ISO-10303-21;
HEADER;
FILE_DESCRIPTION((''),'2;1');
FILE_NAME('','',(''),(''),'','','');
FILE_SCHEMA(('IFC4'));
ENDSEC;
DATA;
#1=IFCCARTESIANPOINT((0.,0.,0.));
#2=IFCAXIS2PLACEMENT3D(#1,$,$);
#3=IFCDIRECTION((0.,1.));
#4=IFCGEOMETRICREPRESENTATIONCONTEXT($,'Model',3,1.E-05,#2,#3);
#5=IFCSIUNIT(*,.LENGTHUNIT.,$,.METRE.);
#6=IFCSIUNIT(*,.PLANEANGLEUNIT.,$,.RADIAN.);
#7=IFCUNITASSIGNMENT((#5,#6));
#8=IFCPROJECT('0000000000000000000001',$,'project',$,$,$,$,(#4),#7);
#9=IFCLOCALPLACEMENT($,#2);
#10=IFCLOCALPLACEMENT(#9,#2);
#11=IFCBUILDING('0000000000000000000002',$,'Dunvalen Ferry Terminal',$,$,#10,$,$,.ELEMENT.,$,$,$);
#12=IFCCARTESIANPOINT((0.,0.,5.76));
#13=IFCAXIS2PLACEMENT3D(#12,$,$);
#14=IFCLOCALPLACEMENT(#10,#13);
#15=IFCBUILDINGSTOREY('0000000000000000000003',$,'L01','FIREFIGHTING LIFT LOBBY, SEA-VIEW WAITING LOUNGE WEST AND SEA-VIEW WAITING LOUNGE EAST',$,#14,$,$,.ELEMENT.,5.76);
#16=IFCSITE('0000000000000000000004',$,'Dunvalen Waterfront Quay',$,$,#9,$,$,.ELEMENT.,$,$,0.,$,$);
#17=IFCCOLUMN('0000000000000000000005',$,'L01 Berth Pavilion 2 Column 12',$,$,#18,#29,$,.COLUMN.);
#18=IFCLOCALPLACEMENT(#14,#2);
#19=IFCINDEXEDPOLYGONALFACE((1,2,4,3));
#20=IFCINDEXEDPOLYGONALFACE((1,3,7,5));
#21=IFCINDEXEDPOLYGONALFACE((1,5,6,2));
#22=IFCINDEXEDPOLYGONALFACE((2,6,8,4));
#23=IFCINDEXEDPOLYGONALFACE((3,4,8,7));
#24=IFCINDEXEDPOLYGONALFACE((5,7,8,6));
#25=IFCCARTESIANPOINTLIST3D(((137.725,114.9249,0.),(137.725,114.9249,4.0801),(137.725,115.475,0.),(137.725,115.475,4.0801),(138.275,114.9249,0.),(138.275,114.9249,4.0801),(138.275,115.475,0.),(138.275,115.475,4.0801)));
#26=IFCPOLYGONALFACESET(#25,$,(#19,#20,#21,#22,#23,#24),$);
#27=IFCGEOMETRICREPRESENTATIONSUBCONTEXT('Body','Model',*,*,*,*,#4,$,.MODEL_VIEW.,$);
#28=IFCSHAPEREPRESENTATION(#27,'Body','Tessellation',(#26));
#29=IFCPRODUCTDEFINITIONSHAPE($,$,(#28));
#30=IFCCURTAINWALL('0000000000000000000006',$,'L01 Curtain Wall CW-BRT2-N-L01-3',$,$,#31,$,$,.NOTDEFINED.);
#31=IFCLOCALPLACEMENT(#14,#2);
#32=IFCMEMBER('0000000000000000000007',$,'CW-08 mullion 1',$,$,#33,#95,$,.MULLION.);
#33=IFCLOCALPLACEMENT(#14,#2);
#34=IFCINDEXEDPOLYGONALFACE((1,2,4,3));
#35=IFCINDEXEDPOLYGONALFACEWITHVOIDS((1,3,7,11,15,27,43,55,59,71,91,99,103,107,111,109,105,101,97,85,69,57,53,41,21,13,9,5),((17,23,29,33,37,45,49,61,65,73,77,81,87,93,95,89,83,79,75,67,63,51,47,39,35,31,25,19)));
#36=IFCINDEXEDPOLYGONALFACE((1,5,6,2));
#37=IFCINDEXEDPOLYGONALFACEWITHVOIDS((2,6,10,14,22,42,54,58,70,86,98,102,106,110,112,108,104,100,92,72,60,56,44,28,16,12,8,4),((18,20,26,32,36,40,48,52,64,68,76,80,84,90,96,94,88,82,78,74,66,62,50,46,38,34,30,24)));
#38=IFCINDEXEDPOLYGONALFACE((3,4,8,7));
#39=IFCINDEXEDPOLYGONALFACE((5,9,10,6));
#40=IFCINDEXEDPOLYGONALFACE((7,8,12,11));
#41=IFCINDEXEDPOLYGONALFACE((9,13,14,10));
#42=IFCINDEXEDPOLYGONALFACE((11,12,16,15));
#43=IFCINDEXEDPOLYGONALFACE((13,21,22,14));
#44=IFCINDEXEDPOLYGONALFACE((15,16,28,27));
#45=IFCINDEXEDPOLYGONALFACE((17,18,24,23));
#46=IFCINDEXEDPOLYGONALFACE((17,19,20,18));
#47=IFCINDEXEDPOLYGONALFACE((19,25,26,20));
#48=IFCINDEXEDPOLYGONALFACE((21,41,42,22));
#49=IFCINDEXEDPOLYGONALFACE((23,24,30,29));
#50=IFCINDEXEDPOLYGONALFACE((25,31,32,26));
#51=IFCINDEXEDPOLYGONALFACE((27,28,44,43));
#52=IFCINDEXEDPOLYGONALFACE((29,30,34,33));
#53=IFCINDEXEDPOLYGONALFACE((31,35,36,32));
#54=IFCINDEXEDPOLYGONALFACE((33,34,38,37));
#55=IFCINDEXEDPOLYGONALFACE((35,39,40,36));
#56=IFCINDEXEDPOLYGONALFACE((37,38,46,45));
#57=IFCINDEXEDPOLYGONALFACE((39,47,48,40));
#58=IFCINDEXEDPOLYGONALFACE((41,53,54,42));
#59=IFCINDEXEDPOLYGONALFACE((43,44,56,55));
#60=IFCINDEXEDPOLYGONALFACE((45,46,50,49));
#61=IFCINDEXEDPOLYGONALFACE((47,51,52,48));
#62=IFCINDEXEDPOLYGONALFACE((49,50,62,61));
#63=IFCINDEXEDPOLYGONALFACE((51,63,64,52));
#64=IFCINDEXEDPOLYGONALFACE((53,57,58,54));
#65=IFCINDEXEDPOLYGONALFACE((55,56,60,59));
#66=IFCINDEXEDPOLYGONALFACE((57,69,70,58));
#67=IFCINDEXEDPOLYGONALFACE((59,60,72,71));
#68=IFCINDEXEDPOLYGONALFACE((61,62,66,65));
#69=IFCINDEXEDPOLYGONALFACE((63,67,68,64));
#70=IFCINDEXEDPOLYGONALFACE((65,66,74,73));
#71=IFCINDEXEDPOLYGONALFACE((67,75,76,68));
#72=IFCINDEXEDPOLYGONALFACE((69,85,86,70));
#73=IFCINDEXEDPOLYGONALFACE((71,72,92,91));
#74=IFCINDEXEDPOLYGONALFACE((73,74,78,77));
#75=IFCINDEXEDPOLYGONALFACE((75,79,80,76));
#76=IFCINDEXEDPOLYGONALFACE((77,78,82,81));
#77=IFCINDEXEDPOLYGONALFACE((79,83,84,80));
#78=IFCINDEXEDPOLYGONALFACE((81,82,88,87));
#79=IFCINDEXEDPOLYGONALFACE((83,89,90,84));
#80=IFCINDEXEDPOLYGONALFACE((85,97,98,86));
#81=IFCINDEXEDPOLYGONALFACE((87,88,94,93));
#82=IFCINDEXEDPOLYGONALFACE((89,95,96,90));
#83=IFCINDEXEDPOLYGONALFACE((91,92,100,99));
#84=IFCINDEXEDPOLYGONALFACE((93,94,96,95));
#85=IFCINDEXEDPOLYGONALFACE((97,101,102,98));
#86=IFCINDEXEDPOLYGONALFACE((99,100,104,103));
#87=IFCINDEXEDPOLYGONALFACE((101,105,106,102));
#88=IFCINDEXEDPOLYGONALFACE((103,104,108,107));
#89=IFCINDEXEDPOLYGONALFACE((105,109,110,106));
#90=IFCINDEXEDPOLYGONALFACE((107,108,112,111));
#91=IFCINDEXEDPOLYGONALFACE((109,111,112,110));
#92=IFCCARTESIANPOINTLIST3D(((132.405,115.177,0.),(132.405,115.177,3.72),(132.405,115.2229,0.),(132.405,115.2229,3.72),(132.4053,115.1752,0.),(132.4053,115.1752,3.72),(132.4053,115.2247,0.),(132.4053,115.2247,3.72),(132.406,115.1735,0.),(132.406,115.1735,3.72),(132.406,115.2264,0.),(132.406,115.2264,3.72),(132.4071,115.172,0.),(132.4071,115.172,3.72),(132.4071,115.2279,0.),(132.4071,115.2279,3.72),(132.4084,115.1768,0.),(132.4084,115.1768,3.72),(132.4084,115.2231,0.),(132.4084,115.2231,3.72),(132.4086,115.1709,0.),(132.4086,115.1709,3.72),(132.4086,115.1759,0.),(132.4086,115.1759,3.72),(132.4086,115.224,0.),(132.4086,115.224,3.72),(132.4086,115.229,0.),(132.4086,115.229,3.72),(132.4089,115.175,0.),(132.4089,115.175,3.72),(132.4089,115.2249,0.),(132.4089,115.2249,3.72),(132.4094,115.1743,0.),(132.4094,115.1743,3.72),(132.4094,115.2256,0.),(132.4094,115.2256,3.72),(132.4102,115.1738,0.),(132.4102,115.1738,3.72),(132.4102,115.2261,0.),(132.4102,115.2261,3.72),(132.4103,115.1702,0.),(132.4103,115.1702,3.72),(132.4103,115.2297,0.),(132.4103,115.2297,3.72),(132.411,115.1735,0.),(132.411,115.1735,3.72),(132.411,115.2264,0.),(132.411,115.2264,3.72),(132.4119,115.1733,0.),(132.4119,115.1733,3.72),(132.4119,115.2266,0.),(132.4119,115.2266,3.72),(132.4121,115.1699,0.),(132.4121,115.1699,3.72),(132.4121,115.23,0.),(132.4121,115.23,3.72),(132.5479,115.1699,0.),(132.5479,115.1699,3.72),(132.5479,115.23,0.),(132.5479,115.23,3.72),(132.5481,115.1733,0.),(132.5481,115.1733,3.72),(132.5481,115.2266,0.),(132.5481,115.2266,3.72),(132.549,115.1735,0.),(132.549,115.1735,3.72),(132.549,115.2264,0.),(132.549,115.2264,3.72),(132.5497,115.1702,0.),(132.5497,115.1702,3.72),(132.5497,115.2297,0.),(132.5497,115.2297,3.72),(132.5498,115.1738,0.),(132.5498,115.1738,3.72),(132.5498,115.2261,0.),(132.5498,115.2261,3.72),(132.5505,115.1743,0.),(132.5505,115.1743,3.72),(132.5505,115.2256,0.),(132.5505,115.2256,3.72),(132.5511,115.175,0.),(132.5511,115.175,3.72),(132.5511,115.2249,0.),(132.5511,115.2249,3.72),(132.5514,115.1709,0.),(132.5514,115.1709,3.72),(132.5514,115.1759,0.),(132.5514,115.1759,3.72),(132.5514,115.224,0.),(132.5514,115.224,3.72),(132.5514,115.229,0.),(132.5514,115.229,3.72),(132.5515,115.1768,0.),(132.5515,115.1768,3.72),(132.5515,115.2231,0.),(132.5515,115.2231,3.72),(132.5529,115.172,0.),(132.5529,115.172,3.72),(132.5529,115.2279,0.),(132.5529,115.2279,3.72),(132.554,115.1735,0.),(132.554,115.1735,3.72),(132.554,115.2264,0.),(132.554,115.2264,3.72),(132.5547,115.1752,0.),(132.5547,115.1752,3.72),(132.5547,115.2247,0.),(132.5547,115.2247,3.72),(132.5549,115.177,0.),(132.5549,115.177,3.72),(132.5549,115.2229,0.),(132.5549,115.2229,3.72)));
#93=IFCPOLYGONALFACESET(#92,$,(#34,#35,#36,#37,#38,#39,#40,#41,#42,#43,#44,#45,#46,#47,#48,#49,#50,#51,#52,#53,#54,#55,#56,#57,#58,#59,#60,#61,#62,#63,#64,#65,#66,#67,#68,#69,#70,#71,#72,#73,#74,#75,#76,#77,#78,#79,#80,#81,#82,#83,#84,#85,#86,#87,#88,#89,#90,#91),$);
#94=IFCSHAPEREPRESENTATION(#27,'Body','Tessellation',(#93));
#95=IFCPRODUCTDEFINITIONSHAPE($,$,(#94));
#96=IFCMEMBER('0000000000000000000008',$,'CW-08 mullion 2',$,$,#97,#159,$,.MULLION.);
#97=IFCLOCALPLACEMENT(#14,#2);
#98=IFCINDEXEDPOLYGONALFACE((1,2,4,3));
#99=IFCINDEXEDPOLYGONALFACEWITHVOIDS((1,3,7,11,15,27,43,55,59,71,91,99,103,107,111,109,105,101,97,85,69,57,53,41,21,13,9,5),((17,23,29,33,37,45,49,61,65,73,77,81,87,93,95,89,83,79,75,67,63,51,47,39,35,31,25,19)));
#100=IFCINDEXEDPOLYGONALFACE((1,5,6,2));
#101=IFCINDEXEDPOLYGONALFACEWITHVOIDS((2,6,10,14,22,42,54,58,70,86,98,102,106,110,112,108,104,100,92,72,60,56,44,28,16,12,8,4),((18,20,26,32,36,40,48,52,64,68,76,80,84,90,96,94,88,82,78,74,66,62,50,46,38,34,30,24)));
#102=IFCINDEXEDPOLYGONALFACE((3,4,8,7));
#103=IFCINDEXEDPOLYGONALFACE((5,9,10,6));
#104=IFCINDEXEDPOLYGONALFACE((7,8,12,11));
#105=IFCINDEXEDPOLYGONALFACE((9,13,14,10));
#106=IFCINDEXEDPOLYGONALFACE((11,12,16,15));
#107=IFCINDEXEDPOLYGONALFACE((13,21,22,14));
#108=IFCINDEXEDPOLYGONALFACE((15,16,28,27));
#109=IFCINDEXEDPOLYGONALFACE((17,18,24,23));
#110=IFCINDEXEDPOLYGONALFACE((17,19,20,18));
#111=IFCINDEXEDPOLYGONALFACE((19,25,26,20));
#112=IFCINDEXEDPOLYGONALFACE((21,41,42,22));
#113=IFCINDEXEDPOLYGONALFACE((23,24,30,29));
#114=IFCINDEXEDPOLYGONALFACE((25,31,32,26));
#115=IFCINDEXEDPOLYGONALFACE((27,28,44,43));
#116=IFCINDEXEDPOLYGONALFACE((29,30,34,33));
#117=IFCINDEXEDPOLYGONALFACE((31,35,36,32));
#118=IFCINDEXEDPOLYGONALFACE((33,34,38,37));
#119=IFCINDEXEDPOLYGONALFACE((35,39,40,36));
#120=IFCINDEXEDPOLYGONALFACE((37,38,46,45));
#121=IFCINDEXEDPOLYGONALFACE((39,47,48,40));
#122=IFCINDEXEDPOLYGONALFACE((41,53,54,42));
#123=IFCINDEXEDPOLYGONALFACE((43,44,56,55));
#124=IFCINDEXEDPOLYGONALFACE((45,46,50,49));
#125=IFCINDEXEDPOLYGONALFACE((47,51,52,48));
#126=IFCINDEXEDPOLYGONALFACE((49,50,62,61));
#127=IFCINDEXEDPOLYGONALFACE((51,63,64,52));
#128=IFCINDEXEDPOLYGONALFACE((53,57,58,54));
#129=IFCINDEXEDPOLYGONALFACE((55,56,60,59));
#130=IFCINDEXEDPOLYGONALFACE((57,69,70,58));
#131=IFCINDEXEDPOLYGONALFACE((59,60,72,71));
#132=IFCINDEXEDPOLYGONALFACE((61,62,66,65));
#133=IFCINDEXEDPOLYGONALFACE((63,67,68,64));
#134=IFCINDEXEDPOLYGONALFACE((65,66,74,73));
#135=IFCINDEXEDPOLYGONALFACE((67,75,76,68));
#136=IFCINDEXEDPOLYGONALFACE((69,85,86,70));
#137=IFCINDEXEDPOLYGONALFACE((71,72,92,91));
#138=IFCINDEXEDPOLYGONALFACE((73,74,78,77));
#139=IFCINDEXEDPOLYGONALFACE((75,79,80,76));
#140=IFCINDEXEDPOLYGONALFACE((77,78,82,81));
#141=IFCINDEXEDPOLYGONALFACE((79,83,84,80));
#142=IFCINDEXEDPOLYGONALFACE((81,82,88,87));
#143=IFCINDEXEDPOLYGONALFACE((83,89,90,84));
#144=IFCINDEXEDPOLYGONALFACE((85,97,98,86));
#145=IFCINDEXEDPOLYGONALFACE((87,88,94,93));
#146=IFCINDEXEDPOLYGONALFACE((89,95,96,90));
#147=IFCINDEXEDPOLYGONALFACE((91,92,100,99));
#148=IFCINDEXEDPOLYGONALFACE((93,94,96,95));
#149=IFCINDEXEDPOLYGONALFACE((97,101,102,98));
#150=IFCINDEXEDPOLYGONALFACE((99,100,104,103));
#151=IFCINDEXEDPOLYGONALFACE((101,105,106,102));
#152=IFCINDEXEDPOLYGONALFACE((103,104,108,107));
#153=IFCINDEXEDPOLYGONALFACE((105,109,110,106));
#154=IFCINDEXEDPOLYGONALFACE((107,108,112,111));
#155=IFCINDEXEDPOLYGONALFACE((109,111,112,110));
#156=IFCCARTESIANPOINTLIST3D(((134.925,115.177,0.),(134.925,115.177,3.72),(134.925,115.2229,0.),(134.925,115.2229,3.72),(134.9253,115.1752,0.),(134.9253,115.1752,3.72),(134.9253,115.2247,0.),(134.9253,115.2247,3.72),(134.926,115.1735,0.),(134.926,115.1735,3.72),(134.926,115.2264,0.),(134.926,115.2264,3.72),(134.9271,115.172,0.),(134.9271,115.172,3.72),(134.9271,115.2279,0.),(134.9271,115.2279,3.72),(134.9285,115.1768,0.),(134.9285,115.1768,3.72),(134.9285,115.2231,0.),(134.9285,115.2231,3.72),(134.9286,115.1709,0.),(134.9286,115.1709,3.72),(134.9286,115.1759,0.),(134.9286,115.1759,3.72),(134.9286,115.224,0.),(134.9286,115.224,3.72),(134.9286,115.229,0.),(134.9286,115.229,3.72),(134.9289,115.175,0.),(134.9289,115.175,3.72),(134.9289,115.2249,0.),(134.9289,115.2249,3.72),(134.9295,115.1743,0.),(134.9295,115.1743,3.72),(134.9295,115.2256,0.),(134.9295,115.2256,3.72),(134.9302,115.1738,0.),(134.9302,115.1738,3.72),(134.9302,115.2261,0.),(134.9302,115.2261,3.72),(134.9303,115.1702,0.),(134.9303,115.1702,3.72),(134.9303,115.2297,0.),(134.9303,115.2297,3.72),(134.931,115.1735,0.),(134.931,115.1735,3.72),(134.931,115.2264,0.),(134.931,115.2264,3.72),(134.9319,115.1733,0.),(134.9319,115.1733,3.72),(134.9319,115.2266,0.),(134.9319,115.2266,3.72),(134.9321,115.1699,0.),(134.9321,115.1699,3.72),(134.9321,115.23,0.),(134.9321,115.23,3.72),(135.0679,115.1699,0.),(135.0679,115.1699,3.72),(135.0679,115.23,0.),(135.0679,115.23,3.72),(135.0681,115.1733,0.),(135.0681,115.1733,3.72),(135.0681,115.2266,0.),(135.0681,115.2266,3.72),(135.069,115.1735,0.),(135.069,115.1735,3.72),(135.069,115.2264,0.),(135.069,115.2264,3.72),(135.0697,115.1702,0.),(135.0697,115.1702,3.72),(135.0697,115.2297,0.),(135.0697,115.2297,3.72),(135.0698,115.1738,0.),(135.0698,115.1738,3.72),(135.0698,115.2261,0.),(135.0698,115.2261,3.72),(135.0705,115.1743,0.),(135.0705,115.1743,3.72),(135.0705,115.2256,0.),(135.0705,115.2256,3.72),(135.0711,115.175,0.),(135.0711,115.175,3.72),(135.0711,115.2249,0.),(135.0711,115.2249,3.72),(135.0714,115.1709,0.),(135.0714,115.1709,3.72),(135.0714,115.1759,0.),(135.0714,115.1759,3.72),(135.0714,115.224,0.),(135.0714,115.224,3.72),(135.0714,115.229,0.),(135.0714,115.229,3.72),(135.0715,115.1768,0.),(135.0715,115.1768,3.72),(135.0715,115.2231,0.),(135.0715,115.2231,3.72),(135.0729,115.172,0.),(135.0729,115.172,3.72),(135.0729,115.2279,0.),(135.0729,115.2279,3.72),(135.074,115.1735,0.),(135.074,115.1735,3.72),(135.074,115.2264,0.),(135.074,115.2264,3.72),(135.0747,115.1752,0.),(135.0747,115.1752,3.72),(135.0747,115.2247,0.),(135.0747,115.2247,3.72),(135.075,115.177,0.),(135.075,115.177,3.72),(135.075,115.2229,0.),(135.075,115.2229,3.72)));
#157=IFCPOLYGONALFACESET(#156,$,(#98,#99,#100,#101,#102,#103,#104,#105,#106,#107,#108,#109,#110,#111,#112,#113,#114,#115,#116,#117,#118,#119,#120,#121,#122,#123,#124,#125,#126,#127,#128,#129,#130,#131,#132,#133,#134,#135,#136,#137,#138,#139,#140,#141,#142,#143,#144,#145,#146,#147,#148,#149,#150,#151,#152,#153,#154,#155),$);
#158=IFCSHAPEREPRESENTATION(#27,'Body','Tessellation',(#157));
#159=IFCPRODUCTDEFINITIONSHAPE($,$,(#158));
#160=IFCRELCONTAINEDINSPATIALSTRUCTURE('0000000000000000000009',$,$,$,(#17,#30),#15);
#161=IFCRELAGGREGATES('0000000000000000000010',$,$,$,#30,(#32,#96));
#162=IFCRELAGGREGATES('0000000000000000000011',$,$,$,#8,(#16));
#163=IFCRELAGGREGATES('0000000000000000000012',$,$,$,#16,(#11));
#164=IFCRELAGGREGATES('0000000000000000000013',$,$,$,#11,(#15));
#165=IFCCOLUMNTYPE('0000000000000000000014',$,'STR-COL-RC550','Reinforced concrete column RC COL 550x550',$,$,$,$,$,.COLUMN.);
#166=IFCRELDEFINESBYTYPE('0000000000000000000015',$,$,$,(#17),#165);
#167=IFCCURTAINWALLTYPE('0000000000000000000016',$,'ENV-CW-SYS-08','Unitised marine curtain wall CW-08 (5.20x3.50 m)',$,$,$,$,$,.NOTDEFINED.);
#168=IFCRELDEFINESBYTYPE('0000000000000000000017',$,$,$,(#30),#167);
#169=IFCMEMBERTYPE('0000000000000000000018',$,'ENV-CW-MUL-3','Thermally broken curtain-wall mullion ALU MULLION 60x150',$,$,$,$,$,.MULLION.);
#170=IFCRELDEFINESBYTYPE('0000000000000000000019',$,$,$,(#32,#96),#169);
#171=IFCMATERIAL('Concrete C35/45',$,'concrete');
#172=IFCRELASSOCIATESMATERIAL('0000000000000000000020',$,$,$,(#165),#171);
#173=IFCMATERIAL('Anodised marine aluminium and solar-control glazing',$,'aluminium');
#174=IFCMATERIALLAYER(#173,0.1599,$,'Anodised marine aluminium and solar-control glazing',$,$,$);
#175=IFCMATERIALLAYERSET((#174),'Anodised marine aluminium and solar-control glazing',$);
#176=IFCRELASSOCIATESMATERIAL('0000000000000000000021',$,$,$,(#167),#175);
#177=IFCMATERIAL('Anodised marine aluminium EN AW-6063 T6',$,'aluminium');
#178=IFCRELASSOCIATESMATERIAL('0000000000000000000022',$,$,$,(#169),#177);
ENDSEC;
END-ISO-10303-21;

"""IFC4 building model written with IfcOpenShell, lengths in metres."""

from ifc_helpers import new_model, si_unit, direction, frame, origin, origin_2d, place, context, subcontext, project, spatial, rectangle, hollow_rectangle, extrude, material, layer, layer_set, material_profile, profile_set, type_object, element, aggregate, save


model = new_model("IFC4")

# Units and contexts
model_context = context("Model", 3, precision=1e-05, world=origin(), true_north=direction((0.0, 1.0)))
body_context = subcontext(model_context, "Body", "Model", "MODEL_VIEW")
ifc_project = project(units=[si_unit("LENGTHUNIT", "METRE"), si_unit("PLANEANGLEUNIT", "RADIAN")], contexts=[model_context])

# Site, building, storey
site_placement = place(None, origin())
site = spatial("IfcSite", under=ifc_project, at=site_placement, Name="Dunvalen Waterfront Quay", CompositionType="ELEMENT", RefElevation=0.0)
building_placement = place(site_placement, origin())
building = spatial("IfcBuilding", under=site, at=building_placement, Name="Dunvalen Ferry Terminal", CompositionType="ELEMENT")
storey_placement = place(building_placement, frame((0.0, 0.0, 5.76)))
storey = spatial("IfcBuildingStorey", under=building, at=storey_placement, Name="L01", Description="FIREFIGHTING LIFT LOBBY, SEA-VIEW WAITING LOUNGE WEST AND SEA-VIEW WAITING LOUNGE EAST", CompositionType="ELEMENT", Elevation=5.76)

# Column
ifc_material_1 = material(Name="Concrete C35/45", Category="concrete")
ifc_material_profile_1 = material_profile(ifc_material_1, rectangle(XDim=0.55, YDim=0.55, at=origin_2d()), Name="Concrete C35/45")
ifc_profile_set_1 = profile_set([ifc_material_profile_1], Name="Concrete C35/45")
column_type = type_object("IfcColumnType", Name="STR-COL-RC550", Description="Reinforced concrete column RC COL 550x550", PredefinedType="COLUMN", material=ifc_profile_set_1)
column_placement = place(storey_placement, frame((138.0, 115.2, 0.0), z_axis=(0.0, 0.0, 1.0), x_axis=(1.0, 0.0, 0.0)))
element("IfcColumn", 1, at=column_placement, inside=storey, type_object=column_type, Name="L01 Berth Pavilion 2 Column 12", PredefinedType="COLUMN", context=body_context, shape_type="SweptSolid", body=[
    extrude(rectangle(XDim=0.55, YDim=0.55, at=origin_2d()), origin(), (0.0, 0.0, 1.0), 4.0801),
])

# Curtain wall, members
ifc_material_2 = material(Name="Anodised marine aluminium and solar-control glazing", Category="aluminium")
ifc_layer_1 = layer(ifc_material_2, 0.1599, Name="Anodised marine aluminium and solar-control glazing")
ifc_layer_set_1 = layer_set([ifc_layer_1], Name="Anodised marine aluminium and solar-control glazing")
curtain_wall_type = type_object("IfcCurtainWallType", Name="ENV-CW-SYS-08", Description="Unitised marine curtain wall CW-08 (5.20x3.50 m)", PredefinedType="NOTDEFINED", material=ifc_layer_set_1)
curtain_wall_1_placement = place(storey_placement, origin())
curtain_wall_1 = element("IfcCurtainWall", 2, at=curtain_wall_1_placement, inside=storey, type_object=curtain_wall_type, Name="L01 Curtain Wall CW-BRT2-N-L01-3", PredefinedType="NOTDEFINED")
ifc_material_3 = material(Name="Anodised marine aluminium EN AW-6063 T6", Category="aluminium")
ifc_material_profile_2 = material_profile(ifc_material_3, hollow_rectangle(XDim=0.0601, YDim=0.1499, WallThickness=0.0034, InnerFilletRadius=0.0034, OuterFilletRadius=0.0071, at=origin_2d()), Name="Anodised marine aluminium EN AW-6063 T6")
ifc_profile_set_2 = profile_set([ifc_material_profile_2], Name="Anodised marine aluminium EN AW-6063 T6")
member_type_1 = type_object("IfcMemberType", Name="ENV-CW-MUL-3", Description="Thermally broken curtain-wall mullion ALU MULLION 60x150", PredefinedType="MULLION", material=ifc_profile_set_2)
member_1_placement = place(storey_placement, frame((132.48, 115.2, 0.0), z_axis=(0.0, 0.0, 1.0), x_axis=(0.0, 1.0, 0.0)))
member_1 = element("IfcMember", 3, at=member_1_placement, type_object=member_type_1, Name="CW-08 mullion 1", PredefinedType="MULLION", context=body_context, shape_type="SweptSolid", body=[
    extrude(hollow_rectangle(XDim=0.0601, YDim=0.1499, WallThickness=0.0034, InnerFilletRadius=0.0034, OuterFilletRadius=0.0071, at=origin_2d()), origin(), (0.0, 0.0, 1.0), 3.72),
])
member_2_placement = place(storey_placement, frame((135.0, 115.2, 0.0), z_axis=(0.0, 0.0, 1.0), x_axis=(0.0, 1.0, 0.0)))
member_2 = element("IfcMember", 4, at=member_2_placement, type_object=member_type_1, Name="CW-08 mullion 2", PredefinedType="MULLION", context=body_context, shape_type="SweptSolid", body=[
    extrude(hollow_rectangle(XDim=0.0601, YDim=0.1499, WallThickness=0.0034, InnerFilletRadius=0.0034, OuterFilletRadius=0.0071, at=origin_2d()), origin(), (0.0, 0.0, 1.0), 3.72),
])

aggregate(curtain_wall_1, [member_1, member_2])

save(model, "model.ifc")
